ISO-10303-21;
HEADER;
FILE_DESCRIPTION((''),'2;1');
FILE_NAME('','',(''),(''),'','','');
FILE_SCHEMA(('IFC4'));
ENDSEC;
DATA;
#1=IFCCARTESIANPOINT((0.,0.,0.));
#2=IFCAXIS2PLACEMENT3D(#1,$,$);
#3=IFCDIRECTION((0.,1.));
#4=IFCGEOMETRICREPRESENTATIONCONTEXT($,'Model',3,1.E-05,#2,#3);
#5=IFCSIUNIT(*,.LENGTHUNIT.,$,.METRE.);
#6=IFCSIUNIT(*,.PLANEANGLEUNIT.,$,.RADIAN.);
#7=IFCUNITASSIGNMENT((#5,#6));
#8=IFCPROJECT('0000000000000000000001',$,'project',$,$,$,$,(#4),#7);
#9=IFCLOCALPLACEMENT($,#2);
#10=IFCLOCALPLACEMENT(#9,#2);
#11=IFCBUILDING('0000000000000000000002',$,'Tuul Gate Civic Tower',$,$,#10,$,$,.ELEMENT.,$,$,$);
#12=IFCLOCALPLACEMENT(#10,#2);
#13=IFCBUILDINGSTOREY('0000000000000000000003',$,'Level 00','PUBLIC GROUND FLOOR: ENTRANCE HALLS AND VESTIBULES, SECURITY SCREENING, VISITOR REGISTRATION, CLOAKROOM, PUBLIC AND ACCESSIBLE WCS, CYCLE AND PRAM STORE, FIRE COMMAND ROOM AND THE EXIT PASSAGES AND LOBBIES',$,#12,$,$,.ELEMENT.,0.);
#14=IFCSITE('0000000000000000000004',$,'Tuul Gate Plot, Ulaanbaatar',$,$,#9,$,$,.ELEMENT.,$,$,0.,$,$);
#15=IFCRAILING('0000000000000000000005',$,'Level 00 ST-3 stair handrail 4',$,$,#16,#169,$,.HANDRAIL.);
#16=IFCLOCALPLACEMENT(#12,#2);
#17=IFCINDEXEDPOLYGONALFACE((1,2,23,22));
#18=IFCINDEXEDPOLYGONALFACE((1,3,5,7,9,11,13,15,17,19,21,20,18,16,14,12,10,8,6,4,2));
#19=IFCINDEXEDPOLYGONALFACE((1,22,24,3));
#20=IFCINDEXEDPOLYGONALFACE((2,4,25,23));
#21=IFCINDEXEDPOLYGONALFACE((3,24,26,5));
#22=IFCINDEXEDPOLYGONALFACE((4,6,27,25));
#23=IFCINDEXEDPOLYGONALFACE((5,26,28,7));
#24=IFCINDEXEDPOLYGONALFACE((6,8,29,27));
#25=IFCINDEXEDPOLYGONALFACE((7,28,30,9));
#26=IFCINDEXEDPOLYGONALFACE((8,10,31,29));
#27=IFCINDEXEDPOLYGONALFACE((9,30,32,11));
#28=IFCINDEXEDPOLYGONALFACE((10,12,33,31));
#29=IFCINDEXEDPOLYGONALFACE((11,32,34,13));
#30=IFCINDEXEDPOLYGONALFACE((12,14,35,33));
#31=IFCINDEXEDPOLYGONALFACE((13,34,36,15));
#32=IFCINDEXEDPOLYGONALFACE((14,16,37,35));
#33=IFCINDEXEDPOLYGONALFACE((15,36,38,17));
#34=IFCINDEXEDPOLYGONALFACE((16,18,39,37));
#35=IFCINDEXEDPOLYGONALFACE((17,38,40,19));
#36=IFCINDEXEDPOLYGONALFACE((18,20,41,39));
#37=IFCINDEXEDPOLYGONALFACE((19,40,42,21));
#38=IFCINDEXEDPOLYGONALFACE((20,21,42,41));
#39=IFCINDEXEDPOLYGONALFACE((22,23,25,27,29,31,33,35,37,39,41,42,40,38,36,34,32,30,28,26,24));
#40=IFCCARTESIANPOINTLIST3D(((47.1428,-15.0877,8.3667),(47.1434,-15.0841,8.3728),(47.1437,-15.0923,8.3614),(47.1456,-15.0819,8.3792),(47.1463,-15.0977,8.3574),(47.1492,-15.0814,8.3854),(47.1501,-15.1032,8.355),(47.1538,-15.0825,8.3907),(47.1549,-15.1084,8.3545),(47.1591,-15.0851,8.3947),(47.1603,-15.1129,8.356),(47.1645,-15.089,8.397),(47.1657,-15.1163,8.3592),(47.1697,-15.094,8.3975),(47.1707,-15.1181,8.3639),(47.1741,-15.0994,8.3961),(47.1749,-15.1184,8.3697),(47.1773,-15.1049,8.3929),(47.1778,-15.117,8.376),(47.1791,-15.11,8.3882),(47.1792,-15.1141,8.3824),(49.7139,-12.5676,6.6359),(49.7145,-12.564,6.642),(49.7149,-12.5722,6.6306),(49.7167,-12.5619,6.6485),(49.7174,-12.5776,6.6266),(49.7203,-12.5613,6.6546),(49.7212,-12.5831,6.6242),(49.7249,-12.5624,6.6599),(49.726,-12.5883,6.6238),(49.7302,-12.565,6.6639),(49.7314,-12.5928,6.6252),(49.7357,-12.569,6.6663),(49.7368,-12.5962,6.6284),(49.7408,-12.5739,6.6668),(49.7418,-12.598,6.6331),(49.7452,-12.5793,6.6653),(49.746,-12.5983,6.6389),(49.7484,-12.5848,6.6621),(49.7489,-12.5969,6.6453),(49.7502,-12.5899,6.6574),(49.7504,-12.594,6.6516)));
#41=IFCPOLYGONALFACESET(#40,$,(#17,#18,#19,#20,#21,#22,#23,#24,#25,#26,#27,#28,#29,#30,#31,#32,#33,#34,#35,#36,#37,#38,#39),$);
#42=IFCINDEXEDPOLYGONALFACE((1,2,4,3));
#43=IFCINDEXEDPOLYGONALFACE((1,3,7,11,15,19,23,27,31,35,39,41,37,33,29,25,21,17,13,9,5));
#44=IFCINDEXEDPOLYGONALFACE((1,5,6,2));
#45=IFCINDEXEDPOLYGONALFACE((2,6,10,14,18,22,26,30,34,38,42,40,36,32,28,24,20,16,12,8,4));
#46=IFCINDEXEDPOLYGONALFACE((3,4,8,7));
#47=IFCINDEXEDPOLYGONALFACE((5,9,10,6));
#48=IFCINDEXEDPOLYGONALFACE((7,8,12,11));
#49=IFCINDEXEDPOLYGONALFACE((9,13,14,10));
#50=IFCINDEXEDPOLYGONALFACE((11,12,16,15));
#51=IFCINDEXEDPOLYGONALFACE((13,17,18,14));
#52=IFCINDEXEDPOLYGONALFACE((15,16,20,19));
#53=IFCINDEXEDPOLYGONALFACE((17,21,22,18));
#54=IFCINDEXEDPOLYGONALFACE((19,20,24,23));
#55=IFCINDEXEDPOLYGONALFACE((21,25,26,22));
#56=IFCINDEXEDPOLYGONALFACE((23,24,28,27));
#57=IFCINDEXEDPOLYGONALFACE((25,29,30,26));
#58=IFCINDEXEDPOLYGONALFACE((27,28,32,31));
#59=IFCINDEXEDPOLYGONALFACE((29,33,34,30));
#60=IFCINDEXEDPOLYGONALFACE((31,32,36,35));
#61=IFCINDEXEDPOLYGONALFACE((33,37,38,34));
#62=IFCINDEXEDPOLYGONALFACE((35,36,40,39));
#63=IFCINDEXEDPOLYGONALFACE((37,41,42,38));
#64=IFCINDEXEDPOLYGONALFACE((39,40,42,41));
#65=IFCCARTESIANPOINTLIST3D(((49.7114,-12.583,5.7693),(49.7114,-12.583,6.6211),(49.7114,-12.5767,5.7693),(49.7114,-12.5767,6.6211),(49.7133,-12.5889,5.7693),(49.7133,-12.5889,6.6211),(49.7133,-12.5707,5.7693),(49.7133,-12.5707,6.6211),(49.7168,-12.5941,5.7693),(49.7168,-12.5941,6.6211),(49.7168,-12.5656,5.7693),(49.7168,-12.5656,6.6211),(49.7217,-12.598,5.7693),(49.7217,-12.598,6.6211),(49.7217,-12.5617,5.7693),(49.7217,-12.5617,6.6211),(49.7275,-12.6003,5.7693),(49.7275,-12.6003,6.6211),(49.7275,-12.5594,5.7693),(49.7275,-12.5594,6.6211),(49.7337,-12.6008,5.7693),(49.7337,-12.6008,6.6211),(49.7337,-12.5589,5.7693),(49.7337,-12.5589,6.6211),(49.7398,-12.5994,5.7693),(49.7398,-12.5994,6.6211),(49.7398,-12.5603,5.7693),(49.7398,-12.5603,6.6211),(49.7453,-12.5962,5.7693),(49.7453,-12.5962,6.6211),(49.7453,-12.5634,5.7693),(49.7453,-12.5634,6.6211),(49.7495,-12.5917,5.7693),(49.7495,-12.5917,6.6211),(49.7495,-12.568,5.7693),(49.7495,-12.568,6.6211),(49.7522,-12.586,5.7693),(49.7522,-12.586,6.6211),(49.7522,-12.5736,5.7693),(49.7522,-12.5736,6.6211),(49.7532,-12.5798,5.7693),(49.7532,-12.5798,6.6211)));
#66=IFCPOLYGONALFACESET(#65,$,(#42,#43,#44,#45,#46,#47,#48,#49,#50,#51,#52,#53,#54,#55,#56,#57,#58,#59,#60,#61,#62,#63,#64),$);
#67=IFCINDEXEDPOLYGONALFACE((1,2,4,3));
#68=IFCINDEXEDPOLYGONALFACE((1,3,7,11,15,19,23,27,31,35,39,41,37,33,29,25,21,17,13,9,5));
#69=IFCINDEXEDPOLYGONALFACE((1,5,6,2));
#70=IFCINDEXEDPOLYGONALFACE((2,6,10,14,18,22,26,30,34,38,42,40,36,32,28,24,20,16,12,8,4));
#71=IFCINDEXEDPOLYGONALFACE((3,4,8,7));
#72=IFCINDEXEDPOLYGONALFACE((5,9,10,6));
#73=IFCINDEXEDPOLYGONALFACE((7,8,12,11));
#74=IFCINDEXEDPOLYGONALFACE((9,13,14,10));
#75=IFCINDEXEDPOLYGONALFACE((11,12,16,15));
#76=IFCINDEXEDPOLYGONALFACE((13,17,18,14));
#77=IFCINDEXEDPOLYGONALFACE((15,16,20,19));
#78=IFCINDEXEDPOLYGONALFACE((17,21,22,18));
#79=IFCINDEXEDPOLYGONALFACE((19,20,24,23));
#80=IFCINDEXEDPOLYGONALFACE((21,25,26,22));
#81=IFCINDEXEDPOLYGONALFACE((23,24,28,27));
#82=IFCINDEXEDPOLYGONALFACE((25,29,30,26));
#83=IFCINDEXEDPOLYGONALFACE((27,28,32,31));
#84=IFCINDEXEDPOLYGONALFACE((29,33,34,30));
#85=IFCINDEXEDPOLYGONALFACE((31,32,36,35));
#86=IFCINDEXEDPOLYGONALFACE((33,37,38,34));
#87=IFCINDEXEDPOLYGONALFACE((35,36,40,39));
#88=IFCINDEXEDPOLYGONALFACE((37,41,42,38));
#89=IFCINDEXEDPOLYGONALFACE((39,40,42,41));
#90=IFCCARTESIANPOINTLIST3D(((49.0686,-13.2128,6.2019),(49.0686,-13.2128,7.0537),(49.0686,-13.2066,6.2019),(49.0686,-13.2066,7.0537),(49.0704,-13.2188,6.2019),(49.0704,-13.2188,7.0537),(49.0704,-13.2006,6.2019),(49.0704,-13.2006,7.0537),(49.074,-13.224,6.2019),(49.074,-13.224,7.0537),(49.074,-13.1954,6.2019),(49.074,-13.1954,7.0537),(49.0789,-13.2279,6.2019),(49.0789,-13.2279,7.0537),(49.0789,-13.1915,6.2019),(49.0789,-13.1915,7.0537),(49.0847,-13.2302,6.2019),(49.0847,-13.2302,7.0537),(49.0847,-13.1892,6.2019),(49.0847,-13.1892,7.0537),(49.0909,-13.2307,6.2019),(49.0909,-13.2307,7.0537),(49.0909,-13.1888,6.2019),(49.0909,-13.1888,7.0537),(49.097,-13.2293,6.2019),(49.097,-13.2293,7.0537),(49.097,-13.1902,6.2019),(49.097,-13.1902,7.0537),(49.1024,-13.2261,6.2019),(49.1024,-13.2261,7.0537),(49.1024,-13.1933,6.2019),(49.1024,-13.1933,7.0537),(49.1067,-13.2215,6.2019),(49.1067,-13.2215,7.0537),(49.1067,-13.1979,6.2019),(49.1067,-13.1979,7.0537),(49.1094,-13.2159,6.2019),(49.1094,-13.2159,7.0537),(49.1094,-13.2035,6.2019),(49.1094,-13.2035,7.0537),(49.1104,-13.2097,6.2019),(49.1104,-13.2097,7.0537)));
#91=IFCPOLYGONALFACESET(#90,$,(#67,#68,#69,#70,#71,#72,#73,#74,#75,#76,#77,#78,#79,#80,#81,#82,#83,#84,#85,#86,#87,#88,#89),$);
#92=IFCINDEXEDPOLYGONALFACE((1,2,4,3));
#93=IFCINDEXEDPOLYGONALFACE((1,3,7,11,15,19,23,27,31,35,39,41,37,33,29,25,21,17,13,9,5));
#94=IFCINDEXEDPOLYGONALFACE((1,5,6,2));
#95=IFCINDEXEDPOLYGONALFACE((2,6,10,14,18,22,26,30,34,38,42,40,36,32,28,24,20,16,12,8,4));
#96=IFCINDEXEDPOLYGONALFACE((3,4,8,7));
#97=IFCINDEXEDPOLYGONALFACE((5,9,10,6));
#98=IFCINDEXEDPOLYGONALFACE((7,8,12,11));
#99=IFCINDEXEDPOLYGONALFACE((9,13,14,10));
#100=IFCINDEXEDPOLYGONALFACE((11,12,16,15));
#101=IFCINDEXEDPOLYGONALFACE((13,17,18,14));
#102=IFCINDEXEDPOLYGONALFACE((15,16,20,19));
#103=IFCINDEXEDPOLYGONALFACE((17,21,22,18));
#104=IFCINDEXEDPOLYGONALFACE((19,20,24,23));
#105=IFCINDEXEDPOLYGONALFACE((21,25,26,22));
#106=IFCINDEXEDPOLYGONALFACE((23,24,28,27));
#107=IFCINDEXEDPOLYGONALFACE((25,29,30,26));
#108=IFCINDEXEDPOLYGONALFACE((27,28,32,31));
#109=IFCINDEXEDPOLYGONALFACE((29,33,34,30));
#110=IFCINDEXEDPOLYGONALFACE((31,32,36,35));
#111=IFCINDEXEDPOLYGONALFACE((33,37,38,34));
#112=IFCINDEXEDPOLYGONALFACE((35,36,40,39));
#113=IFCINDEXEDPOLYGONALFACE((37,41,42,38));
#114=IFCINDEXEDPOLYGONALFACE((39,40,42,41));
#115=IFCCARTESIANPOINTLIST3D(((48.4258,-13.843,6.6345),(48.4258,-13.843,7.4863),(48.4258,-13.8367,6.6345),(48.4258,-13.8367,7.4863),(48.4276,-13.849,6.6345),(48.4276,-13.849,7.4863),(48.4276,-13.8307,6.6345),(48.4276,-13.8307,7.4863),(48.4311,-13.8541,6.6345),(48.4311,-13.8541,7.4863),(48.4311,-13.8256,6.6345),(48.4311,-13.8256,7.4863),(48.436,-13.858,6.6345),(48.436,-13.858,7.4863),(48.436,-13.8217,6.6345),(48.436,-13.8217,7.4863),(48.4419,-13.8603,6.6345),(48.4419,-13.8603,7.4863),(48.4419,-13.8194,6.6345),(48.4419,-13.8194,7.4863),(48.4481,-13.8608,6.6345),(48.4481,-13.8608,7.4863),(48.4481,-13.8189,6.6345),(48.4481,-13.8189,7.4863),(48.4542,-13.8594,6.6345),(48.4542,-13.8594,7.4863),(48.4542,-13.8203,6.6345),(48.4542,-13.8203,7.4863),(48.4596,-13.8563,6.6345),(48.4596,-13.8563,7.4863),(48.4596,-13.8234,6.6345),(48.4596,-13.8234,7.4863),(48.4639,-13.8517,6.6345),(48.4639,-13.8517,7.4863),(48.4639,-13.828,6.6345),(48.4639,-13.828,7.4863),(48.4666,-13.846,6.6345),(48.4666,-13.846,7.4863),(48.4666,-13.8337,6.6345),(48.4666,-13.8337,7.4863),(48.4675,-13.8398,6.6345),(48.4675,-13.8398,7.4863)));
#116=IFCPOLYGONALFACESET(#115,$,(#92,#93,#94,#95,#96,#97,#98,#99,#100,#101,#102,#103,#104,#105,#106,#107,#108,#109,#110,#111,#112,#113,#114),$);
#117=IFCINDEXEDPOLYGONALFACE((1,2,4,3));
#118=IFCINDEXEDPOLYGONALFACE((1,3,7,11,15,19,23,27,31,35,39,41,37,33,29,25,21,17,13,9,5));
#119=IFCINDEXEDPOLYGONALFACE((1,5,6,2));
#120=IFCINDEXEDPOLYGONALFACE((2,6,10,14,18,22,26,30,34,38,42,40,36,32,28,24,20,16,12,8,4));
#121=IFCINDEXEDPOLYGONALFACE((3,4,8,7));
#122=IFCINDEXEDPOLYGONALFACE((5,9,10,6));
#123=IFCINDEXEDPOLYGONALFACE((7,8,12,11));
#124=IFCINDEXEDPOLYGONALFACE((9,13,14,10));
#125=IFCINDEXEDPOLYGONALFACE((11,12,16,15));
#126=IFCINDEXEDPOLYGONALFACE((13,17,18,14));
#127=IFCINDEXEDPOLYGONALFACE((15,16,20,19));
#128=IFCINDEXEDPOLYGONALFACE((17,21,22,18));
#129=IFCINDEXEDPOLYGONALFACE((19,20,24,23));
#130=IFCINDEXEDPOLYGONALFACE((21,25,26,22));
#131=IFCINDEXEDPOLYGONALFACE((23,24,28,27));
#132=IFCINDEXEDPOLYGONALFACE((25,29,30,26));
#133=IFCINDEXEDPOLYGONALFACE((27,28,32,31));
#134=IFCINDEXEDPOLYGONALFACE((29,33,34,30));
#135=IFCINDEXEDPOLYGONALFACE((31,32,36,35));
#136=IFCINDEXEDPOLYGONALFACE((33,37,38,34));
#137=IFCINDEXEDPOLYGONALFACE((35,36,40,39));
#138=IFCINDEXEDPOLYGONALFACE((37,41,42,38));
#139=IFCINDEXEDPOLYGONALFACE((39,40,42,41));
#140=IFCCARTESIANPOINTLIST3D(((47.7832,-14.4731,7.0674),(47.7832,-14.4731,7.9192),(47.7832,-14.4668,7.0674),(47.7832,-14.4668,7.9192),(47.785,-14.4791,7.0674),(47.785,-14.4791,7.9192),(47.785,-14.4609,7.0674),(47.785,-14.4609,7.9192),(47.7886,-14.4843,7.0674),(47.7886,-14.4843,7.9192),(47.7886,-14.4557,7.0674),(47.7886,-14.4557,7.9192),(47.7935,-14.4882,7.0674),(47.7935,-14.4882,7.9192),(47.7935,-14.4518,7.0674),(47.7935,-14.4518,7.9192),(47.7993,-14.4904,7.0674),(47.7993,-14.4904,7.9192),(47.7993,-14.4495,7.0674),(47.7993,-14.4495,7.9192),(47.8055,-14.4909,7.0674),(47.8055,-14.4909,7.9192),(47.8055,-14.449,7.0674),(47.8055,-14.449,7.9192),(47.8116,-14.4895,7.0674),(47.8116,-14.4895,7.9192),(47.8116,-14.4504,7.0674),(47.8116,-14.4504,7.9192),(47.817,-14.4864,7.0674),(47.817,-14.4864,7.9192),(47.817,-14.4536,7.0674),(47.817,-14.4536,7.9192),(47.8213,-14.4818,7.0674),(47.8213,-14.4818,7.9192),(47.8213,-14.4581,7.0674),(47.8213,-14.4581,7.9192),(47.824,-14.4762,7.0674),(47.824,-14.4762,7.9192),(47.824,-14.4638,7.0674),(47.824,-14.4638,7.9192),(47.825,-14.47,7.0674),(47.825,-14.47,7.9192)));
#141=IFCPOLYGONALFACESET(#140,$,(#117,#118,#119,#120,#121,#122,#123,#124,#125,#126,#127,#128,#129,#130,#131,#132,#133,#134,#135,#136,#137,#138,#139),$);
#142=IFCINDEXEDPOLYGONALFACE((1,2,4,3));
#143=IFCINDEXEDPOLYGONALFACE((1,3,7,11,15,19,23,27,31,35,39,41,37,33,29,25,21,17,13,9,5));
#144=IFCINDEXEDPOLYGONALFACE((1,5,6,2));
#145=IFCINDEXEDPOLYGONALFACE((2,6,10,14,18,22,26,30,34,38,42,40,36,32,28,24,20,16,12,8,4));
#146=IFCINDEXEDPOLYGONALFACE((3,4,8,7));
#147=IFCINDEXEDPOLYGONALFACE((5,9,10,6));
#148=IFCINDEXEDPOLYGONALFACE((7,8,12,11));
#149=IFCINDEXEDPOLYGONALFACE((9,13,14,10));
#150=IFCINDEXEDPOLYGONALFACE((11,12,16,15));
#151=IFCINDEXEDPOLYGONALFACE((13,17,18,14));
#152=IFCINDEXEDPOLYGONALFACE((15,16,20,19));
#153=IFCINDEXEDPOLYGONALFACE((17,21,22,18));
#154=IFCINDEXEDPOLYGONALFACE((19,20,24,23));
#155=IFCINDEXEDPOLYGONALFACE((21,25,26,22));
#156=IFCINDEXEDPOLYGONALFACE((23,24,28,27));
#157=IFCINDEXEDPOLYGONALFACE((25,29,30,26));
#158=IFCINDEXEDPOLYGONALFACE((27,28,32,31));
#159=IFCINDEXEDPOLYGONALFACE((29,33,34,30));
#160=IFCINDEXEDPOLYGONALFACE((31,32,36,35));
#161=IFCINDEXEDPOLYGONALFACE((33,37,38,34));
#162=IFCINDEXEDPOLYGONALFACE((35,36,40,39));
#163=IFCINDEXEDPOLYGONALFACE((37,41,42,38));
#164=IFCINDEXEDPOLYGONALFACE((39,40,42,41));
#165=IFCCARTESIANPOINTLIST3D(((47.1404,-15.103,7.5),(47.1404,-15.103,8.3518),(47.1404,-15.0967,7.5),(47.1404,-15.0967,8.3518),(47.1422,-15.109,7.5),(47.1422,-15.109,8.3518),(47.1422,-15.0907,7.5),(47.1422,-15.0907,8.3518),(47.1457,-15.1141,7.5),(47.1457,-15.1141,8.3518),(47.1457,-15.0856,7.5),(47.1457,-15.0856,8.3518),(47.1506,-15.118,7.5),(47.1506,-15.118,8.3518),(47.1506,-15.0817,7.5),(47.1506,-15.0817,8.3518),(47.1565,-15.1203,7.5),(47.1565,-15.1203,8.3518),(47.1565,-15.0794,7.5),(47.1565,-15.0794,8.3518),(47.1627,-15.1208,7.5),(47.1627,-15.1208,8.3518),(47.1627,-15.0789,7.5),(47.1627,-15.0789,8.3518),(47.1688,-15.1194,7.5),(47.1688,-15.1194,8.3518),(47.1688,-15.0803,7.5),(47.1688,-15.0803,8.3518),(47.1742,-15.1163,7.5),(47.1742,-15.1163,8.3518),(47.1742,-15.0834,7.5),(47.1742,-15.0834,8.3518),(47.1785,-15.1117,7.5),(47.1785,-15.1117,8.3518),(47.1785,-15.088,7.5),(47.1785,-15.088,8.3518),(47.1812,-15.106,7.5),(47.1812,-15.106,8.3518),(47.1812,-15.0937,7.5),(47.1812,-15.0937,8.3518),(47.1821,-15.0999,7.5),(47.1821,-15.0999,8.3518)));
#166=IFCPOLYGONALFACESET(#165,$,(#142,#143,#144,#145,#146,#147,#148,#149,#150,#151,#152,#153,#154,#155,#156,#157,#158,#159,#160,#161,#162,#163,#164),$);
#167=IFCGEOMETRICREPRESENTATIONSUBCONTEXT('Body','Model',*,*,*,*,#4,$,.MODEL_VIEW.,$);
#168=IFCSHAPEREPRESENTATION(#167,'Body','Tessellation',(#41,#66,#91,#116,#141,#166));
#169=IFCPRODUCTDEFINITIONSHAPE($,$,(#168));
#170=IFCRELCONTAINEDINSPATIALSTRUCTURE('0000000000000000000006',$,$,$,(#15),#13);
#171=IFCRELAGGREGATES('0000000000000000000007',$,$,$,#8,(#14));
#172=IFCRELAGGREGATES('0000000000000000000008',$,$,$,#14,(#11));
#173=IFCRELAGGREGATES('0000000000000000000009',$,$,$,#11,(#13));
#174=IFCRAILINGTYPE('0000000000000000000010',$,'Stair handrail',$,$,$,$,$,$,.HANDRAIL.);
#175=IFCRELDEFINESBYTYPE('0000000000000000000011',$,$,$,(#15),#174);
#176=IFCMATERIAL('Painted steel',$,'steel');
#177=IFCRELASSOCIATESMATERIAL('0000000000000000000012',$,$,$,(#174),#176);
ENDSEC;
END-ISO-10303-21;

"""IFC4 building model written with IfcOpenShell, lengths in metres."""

from ifc_helpers import new_model, si_unit, direction, frame, origin, origin_2d, place, context, subcontext, project, spatial, circle, extrude, material, type_object, element, save


model = new_model("IFC4")

# Units and contexts
model_context = context("Model", 3, precision=1e-05, world=origin(), true_north=direction((0.0, 1.0)))
body_context = subcontext(model_context, "Body", "Model", "MODEL_VIEW")
ifc_project = project(units=[si_unit("LENGTHUNIT", "METRE"), si_unit("PLANEANGLEUNIT", "RADIAN")], contexts=[model_context])

# Site, building, storey
site_placement = place(None, origin())
site = spatial("IfcSite", under=ifc_project, at=site_placement, Name="Tuul Gate Plot, Ulaanbaatar", CompositionType="ELEMENT", RefElevation=0.0)
building_placement = place(site_placement, origin())
building = spatial("IfcBuilding", under=site, at=building_placement, Name="Tuul Gate Civic Tower", CompositionType="ELEMENT")
storey_placement = place(building_placement, origin())
storey = spatial("IfcBuildingStorey", under=building, at=storey_placement, Name="Level 00", Description="PUBLIC GROUND FLOOR: ENTRANCE HALLS AND VESTIBULES, SECURITY SCREENING, VISITOR REGISTRATION, CLOAKROOM, PUBLIC AND ACCESSIBLE WCS, CYCLE AND PRAM STORE, FIRE COMMAND ROOM AND THE EXIT PASSAGES AND LOBBIES", CompositionType="ELEMENT", Elevation=0.0)

# Railing
ifc_material_1 = material(Name="Painted steel", Category="steel")
railing_type_1 = type_object("IfcRailingType", Name="Stair handrail", PredefinedType="HANDRAIL", material=ifc_material_1)
railing_1_placement = place(storey_placement, frame((49.7322, -12.5798, 5.7693)))
element("IfcRailing", 1, at=railing_1_placement, inside=storey, type_object=railing_type_1, Name="Level 00 ST-3 stair handrail 4", PredefinedType="HANDRAIL", context=body_context, shape_type="SweptSolid", body=[
    extrude(circle(Radius=0.0239, at=origin_2d()), frame((0.0, 0.0, 0.876), z_axis=(-0.643644, -0.63087, 0.433273), x_axis=(0.699985, -0.714158, 0.0)), (0.0, 0.0, 1.0), 3.9946),
    extrude(circle(Radius=0.021, at=origin_2d()), origin(), (0.0, 0.0, 1.0), 0.8518),
    extrude(circle(Radius=0.021, at=origin_2d()), frame((-0.6428, -0.6299, 0.4326)), (0.0, 0.0, 1.0), 0.8518),
    extrude(circle(Radius=0.021, at=origin_2d()), frame((-1.2856, -1.26, 0.8652)), (0.0, 0.0, 1.0), 0.8518),
    extrude(circle(Radius=0.021, at=origin_2d()), frame((-1.9282, -1.8901, 1.2981)), (0.0, 0.0, 1.0), 0.8518),
    extrude(circle(Radius=0.021, at=origin_2d()), frame((-2.571, -2.52, 1.7307)), (0.0, 0.0, 1.0), 0.8518),
])

save(model, "model.ifc")
